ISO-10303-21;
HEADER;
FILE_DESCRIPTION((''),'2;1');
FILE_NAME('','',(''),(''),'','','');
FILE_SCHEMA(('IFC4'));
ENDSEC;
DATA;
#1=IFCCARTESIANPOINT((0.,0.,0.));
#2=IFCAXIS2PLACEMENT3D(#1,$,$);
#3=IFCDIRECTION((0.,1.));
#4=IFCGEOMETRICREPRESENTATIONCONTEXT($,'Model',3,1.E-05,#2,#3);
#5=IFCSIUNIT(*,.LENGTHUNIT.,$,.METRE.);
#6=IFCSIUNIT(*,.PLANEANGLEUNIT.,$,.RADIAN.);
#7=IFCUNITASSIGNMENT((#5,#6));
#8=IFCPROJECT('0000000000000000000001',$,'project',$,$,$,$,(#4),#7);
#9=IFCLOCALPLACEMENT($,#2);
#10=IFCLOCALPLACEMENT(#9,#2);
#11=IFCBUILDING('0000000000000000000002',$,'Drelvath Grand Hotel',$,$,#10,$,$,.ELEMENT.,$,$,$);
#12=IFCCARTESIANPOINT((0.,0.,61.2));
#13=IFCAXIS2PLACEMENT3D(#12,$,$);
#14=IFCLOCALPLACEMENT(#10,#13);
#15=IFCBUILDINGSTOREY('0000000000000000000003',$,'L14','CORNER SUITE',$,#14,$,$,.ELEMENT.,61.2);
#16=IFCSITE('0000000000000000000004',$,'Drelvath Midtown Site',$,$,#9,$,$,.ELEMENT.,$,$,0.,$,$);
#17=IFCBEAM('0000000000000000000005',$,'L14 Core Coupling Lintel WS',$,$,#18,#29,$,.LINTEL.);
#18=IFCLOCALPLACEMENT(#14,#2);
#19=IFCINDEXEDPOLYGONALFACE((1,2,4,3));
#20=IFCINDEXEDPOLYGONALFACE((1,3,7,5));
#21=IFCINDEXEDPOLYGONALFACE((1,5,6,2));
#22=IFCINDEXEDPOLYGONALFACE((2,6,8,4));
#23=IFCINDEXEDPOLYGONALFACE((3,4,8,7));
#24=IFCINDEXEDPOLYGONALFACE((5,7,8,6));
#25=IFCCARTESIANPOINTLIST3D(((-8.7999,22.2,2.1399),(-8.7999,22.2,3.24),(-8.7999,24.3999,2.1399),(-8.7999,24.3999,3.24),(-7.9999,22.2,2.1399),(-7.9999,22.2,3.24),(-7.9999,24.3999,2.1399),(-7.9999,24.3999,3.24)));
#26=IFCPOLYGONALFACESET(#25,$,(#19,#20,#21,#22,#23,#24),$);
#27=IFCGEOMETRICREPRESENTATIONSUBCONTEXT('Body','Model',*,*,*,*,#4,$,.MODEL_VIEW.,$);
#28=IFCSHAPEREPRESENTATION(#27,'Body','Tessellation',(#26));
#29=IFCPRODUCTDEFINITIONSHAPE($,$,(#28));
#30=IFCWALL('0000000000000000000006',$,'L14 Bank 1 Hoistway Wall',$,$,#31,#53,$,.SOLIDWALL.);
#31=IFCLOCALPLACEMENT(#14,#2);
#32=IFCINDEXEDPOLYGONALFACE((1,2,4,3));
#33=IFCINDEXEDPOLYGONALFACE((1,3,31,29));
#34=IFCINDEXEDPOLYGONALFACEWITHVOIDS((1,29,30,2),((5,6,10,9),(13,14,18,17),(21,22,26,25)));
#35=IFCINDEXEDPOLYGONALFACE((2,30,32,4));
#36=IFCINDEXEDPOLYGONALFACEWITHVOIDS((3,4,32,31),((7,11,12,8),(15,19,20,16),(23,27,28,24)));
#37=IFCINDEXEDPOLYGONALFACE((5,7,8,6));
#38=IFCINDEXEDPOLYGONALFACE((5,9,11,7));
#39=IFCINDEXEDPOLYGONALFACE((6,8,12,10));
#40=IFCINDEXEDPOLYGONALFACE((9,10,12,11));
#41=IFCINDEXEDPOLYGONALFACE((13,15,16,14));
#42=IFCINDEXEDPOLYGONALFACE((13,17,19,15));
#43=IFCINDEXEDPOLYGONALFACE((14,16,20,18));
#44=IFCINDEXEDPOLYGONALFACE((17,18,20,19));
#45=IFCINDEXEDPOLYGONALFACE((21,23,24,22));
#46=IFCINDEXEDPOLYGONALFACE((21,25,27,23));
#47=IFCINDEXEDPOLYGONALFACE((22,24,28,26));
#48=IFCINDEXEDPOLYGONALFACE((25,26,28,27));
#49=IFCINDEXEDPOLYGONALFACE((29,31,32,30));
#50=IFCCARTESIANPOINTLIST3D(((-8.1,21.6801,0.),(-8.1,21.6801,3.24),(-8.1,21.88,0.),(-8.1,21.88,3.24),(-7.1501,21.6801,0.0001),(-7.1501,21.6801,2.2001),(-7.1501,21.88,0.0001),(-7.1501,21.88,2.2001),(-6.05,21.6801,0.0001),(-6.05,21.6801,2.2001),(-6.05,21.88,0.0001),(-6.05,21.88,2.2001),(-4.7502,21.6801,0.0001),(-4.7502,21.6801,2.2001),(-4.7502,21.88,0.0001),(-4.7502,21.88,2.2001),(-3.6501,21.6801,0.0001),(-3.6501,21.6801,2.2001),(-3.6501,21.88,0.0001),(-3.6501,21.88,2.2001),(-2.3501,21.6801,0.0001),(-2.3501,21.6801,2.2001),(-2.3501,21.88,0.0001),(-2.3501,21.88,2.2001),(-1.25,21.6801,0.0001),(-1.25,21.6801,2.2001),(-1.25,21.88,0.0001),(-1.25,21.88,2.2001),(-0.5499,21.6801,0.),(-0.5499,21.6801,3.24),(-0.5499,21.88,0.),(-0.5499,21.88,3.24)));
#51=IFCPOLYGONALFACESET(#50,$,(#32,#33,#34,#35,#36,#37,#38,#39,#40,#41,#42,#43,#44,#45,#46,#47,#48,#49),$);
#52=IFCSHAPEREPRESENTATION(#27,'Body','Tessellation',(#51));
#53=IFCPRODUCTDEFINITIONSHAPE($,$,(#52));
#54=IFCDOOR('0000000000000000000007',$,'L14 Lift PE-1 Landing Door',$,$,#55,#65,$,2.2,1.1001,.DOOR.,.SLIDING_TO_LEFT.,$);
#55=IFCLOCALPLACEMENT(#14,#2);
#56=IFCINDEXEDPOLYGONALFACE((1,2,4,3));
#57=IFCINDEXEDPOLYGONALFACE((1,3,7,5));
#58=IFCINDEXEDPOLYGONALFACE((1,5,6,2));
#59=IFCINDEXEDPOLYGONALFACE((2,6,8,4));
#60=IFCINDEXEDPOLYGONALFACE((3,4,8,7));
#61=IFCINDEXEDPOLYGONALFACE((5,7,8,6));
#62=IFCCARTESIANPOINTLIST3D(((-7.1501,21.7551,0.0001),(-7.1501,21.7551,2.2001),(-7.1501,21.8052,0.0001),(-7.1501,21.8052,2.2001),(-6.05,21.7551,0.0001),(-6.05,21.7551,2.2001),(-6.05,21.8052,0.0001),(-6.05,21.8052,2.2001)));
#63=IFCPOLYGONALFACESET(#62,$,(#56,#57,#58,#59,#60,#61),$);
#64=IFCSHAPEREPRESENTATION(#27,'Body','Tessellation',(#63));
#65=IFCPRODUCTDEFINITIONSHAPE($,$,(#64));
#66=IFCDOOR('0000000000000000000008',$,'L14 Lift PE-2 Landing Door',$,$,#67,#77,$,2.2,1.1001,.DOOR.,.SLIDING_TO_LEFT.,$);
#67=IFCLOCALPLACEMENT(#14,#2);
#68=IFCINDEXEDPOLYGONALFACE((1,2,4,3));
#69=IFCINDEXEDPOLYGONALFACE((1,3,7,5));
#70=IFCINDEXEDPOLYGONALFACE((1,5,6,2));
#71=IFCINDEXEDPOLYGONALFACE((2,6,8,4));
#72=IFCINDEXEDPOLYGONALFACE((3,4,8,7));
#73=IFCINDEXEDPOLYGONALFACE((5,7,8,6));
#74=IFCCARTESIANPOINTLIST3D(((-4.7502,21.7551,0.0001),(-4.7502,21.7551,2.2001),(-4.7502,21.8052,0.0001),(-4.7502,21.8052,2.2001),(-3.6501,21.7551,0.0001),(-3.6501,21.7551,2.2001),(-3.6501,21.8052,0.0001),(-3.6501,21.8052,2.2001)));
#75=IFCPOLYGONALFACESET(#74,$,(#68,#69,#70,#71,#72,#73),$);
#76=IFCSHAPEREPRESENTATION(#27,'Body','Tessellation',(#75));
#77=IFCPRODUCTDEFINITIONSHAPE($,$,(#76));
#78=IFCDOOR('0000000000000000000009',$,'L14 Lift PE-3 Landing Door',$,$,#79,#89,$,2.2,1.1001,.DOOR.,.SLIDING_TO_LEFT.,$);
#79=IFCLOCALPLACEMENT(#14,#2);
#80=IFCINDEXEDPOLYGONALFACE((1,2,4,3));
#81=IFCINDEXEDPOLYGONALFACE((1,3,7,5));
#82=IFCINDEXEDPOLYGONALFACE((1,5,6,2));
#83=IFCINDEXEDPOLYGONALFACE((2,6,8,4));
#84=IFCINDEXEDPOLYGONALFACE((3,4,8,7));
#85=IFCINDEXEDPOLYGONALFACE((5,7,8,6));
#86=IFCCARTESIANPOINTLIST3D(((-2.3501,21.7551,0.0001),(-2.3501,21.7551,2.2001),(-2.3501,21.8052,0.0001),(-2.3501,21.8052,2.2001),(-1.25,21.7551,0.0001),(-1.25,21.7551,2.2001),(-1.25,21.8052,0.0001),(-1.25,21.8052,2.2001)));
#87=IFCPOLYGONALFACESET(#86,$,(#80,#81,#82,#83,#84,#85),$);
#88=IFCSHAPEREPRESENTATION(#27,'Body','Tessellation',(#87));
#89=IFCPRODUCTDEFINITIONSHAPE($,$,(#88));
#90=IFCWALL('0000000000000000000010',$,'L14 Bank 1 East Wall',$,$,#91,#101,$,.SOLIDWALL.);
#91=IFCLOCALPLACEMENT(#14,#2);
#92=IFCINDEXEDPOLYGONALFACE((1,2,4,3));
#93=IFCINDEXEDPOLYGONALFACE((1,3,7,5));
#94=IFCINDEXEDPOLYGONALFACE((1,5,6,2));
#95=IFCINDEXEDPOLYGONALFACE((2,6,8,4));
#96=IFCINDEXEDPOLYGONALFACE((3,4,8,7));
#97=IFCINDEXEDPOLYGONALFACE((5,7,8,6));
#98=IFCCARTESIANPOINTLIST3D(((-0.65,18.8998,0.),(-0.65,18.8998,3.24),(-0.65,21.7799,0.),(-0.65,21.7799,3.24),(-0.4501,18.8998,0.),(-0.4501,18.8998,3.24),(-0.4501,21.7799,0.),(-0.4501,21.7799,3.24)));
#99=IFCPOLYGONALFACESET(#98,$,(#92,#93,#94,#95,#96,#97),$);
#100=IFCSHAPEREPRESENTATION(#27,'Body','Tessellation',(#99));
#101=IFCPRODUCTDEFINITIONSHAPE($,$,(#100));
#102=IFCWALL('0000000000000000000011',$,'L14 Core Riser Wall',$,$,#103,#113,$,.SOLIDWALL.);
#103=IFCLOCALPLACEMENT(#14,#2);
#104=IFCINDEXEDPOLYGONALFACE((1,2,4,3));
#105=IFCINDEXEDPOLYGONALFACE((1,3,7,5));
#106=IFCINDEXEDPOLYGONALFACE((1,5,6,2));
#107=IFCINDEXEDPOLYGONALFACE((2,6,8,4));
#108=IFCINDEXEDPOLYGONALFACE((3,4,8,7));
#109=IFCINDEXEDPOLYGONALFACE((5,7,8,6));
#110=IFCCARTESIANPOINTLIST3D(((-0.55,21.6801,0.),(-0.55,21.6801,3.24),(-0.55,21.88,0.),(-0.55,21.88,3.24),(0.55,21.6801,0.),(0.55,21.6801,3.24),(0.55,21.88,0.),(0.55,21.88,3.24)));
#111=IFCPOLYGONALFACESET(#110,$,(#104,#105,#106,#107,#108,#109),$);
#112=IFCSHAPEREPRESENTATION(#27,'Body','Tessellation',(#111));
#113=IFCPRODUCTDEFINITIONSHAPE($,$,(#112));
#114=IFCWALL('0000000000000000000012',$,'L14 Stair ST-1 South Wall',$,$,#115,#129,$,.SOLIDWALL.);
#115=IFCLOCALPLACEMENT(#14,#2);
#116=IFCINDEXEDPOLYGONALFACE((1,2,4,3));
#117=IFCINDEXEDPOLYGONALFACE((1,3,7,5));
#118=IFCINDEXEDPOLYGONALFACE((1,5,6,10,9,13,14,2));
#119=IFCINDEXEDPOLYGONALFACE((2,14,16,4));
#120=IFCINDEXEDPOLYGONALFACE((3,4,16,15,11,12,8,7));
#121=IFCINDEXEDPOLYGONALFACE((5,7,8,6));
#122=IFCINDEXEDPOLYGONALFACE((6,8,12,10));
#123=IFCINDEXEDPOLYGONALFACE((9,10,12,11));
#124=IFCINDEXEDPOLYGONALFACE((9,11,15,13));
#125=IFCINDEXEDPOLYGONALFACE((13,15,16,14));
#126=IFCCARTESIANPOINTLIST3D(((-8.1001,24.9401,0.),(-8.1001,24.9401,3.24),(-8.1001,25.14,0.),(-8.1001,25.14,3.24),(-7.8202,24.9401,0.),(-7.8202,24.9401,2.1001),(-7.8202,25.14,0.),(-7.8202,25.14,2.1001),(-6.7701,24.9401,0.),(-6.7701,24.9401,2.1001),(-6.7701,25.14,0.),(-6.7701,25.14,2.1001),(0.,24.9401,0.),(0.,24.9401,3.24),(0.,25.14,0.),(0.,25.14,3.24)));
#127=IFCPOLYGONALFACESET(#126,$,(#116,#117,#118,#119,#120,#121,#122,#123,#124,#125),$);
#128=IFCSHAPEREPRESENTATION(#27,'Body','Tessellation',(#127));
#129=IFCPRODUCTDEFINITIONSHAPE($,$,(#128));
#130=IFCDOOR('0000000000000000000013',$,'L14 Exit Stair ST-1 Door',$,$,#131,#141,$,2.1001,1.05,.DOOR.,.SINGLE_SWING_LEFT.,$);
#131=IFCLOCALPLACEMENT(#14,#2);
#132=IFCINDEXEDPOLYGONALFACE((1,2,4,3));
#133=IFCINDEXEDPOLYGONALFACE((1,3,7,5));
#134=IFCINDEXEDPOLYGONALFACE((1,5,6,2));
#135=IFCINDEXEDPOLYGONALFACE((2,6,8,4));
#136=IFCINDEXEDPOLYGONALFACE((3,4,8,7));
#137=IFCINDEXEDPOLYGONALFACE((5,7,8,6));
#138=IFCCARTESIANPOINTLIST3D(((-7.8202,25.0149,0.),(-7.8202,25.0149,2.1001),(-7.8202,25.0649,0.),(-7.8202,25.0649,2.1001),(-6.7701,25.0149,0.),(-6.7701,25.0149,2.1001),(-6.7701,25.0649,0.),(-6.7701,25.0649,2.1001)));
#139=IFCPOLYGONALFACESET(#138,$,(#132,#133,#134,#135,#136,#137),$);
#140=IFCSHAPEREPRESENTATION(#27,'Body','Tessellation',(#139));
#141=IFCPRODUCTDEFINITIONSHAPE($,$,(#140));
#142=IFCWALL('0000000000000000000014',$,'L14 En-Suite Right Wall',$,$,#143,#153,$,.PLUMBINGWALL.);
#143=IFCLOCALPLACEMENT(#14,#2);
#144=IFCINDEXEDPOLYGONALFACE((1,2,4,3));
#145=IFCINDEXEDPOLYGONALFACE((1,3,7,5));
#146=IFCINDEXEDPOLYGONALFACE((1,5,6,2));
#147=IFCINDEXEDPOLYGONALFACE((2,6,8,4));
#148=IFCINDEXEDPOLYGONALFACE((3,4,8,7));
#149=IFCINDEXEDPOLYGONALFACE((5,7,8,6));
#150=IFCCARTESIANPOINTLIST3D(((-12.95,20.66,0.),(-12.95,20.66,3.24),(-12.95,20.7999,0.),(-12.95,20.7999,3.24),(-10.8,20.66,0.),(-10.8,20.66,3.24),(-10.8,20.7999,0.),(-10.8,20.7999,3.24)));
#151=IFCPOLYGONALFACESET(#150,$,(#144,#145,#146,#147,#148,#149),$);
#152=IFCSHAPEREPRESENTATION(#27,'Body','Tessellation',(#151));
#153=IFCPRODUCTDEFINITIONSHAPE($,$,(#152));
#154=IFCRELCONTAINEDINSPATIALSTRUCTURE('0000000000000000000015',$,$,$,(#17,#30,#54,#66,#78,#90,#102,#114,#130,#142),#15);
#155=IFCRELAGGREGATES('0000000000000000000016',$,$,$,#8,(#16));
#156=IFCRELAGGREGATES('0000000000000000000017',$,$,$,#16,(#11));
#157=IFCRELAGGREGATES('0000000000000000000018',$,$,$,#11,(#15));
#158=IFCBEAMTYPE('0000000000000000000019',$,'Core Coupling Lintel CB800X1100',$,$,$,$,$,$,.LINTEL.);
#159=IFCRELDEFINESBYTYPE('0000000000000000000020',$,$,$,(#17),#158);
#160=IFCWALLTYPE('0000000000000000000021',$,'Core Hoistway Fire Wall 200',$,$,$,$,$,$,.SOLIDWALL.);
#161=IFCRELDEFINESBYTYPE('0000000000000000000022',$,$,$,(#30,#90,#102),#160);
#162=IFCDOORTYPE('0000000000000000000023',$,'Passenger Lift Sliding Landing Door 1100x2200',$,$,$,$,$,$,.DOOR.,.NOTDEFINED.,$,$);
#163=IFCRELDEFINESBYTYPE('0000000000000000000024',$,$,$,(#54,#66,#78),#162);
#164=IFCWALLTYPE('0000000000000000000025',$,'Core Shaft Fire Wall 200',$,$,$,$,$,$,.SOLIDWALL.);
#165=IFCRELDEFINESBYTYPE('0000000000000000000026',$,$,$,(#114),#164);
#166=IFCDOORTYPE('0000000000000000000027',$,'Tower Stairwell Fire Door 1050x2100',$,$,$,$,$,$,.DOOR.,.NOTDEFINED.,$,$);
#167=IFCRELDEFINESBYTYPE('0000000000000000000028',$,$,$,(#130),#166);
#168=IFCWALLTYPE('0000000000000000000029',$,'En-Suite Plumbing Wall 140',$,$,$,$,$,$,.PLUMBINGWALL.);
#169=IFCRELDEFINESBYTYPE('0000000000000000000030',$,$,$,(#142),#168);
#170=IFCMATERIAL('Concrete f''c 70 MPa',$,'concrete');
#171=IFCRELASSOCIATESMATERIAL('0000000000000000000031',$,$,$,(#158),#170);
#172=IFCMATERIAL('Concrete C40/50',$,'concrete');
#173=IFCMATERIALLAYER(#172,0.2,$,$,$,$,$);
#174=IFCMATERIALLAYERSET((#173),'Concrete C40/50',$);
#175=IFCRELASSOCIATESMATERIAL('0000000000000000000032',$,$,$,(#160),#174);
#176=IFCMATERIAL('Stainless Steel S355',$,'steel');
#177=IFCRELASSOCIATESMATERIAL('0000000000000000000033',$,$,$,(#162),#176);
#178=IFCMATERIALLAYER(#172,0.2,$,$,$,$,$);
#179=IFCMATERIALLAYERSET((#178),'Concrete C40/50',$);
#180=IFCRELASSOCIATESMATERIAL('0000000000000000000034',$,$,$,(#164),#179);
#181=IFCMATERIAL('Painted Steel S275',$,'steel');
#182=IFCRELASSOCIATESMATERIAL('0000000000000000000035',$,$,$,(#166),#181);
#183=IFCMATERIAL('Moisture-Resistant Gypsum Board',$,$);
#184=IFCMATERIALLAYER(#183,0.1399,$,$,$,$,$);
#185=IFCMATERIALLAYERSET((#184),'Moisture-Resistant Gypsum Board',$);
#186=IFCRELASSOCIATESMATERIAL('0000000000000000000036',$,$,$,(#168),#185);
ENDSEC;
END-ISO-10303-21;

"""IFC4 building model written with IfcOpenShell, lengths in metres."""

from ifc_helpers import new_model, si_unit, direction, frame, frame_2d, origin, origin_2d, place, context, subcontext, project, spatial, rectangle, extrude, material, layer, layer_set, material_profile, profile_set, type_object, element, fill, save


model = new_model("IFC4")

# Units and contexts
model_context = context("Model", 3, precision=1e-05, world=origin(), true_north=direction((0.0, 1.0)))
body_context = subcontext(model_context, "Body", "Model", "MODEL_VIEW")
ifc_project = project(units=[si_unit("LENGTHUNIT", "METRE"), si_unit("PLANEANGLEUNIT", "RADIAN")], contexts=[model_context])

# Site, building, storey
site_placement = place(None, origin())
site = spatial("IfcSite", under=ifc_project, at=site_placement, Name="Drelvath Midtown Site", CompositionType="ELEMENT", RefElevation=0.0)
building_placement = place(site_placement, origin())
building = spatial("IfcBuilding", under=site, at=building_placement, Name="Drelvath Grand Hotel", CompositionType="ELEMENT")
storey_placement = place(building_placement, frame((0.0, 0.0, 61.2)))
storey = spatial("IfcBuildingStorey", under=building, at=storey_placement, Name="L14", Description="CORNER SUITE", CompositionType="ELEMENT", Elevation=61.2)

# Beam
ifc_material_1 = material(Name="Concrete f'c 70 MPa", Category="concrete")
ifc_material_profile = material_profile(ifc_material_1, rectangle(XDim=0.8, YDim=1.1001, at=origin_2d()), Name="CB800X1100")
ifc_profile_set = profile_set([ifc_material_profile], Name="Concrete f'c 70 MPa")
beam_type = type_object("IfcBeamType", Name="Core Coupling Lintel CB800X1100", PredefinedType="LINTEL", material=ifc_profile_set)
beam_placement = place(storey_placement, frame((-8.3999, 22.2, 2.6899), z_axis=(0.0, 1.0, 0.0), x_axis=(-1.0, 0.0, 0.0)))
element("IfcBeam", 1, at=beam_placement, inside=storey, type_object=beam_type, Name="L14 Core Coupling Lintel WS", PredefinedType="LINTEL", context=body_context, shape_type="SweptSolid", body=[
    extrude(rectangle(XDim=0.8, YDim=1.1001, at=origin_2d()), origin(), (0.0, 0.0, 1.0), 2.2),
])

# Wall, openings, doors
ifc_material_2 = material(Name="Concrete C40/50", Category="concrete")
ifc_layer_1 = layer(ifc_material_2, 0.2)
ifc_layer_set_1 = layer_set([ifc_layer_1], Name="Concrete C40/50")
wall_type_1 = type_object("IfcWallType", Name="Core Hoistway Fire Wall 200", PredefinedType="SOLIDWALL", material=ifc_layer_set_1)
wall_1_placement = place(storey_placement, frame((-0.55, 21.78, 0.0), z_axis=(0.0, 0.0, 1.0), x_axis=(-1.0, 0.0, 0.0)))
wall_1 = element("IfcWall", 2, at=wall_1_placement, inside=storey, type_object=wall_type_1, Name="L14 Bank 1 Hoistway Wall", PredefinedType="SOLIDWALL", context=body_context, shape_type="SweptSolid", body=[
    extrude(rectangle(XDim=7.55, YDim=0.2, at=frame_2d((3.7749, 0.0))), origin(), (0.0, 0.0, 1.0), 3.24),
])
opening_1_placement = place(wall_1_placement, frame((5.5, 0.0, 0.0)))
opening_1 = element("IfcOpeningElement", 3, at=opening_1_placement, cuts=wall_1, PredefinedType="OPENING", context=body_context, shape_type="SweptSolid", body=[
    extrude(rectangle(XDim=1.1001, YDim=2.2, at=frame_2d((0.55, 1.1001))), frame((0.0, 0.1099, 0.0), z_axis=(0.0, -1.0, 0.0), x_axis=(1.0, 0.0, 0.0)), (0.0, 0.0, 1.0), 0.22),
])
opening_2_placement = place(wall_1_placement, frame((3.1001, 0.0, 0.0)))
opening_2 = element("IfcOpeningElement", 4, at=opening_2_placement, cuts=wall_1, PredefinedType="OPENING", context=body_context, shape_type="SweptSolid", body=[
    extrude(rectangle(XDim=1.1001, YDim=2.2, at=frame_2d((0.55, 1.1001))), frame((0.0, 0.1099, 0.0), z_axis=(0.0, -1.0, 0.0), x_axis=(1.0, 0.0, 0.0)), (0.0, 0.0, 1.0), 0.22),
])
opening_3_placement = place(wall_1_placement, frame((0.7, 0.0, 0.0)))
opening_3 = element("IfcOpeningElement", 5, at=opening_3_placement, cuts=wall_1, PredefinedType="OPENING", context=body_context, shape_type="SweptSolid", body=[
    extrude(rectangle(XDim=1.1001, YDim=2.2, at=frame_2d((0.55, 1.1001))), frame((0.0, 0.1099, 0.0), z_axis=(0.0, -1.0, 0.0), x_axis=(1.0, 0.0, 0.0)), (0.0, 0.0, 1.0), 0.22),
])
ifc_material_3 = material(Name="Stainless Steel S355", Category="steel")
door_type_1 = type_object("IfcDoorType", Name="Passenger Lift Sliding Landing Door 1100x2200", OperationType="NOTDEFINED", PredefinedType="DOOR", material=ifc_material_3)
door_1_placement = place(opening_1_placement, origin())
door_1 = element("IfcDoor", 6, at=door_1_placement, inside=storey, type_object=door_type_1, Name="L14 Lift PE-1 Landing Door", OperationType="SLIDING_TO_LEFT", OverallHeight=2.2, OverallWidth=1.1001, PredefinedType="DOOR", context=body_context, shape_type="SweptSolid", body=[
    extrude(rectangle(XDim=1.1001, YDim=2.2, at=frame_2d((0.55, 1.1001))), frame((0.0, 0.0249, 0.0), z_axis=(0.0, -1.0, 0.0), x_axis=(1.0, 0.0, 0.0)), (0.0, 0.0, 1.0), 0.05),
])
fill(opening_1, door_1)
door_2_placement = place(opening_2_placement, origin())
door_2 = element("IfcDoor", 7, at=door_2_placement, inside=storey, type_object=door_type_1, Name="L14 Lift PE-2 Landing Door", OperationType="SLIDING_TO_LEFT", OverallHeight=2.2, OverallWidth=1.1001, PredefinedType="DOOR", context=body_context, shape_type="SweptSolid", body=[
    extrude(rectangle(XDim=1.1001, YDim=2.2, at=frame_2d((0.55, 1.1001))), frame((0.0, 0.0249, 0.0), z_axis=(0.0, -1.0, 0.0), x_axis=(1.0, 0.0, 0.0)), (0.0, 0.0, 1.0), 0.05),
])
fill(opening_2, door_2)
door_3_placement = place(opening_3_placement, origin())
door_3 = element("IfcDoor", 8, at=door_3_placement, inside=storey, type_object=door_type_1, Name="L14 Lift PE-3 Landing Door", OperationType="SLIDING_TO_LEFT", OverallHeight=2.2, OverallWidth=1.1001, PredefinedType="DOOR", context=body_context, shape_type="SweptSolid", body=[
    extrude(rectangle(XDim=1.1001, YDim=2.2, at=frame_2d((0.55, 1.1001))), frame((0.0, 0.0249, 0.0), z_axis=(0.0, -1.0, 0.0), x_axis=(1.0, 0.0, 0.0)), (0.0, 0.0, 1.0), 0.05),
])
fill(opening_3, door_3)

# Walls
wall_2_placement = place(storey_placement, frame((-0.55, 18.8999, 0.0), z_axis=(0.0, 0.0, 1.0), x_axis=(0.0, 1.0, 0.0)))
element("IfcWall", 9, at=wall_2_placement, inside=storey, type_object=wall_type_1, Name="L14 Bank 1 East Wall", PredefinedType="SOLIDWALL", context=body_context, shape_type="SweptSolid", body=[
    extrude(rectangle(XDim=2.8801, YDim=0.2, at=frame_2d((1.4399, 0.0))), origin(), (0.0, 0.0, 1.0), 3.24),
])
wall_3_placement = place(storey_placement, frame((-0.55, 21.78, 0.0), z_axis=(0.0, 0.0, 1.0), x_axis=(1.0, 0.0, 0.0)))
element("IfcWall", 10, at=wall_3_placement, inside=storey, type_object=wall_type_1, Name="L14 Core Riser Wall", PredefinedType="SOLIDWALL", context=body_context, shape_type="SweptSolid", body=[
    extrude(rectangle(XDim=1.1001, YDim=0.2, at=frame_2d((0.55, 0.0))), origin(), (0.0, 0.0, 1.0), 3.24),
])

# Wall, opening, door
ifc_layer_2 = layer(ifc_material_2, 0.2)
ifc_layer_set_2 = layer_set([ifc_layer_2], Name="Concrete C40/50")
wall_type_2 = type_object("IfcWallType", Name="Core Shaft Fire Wall 200", PredefinedType="SOLIDWALL", material=ifc_layer_set_2)
wall_4_placement = place(storey_placement, frame((-8.1001, 25.04, 0.0), z_axis=(0.0, 0.0, 1.0), x_axis=(1.0, 0.0, 0.0)))
wall_4 = element("IfcWall", 11, at=wall_4_placement, inside=storey, type_object=wall_type_2, Name="L14 Stair ST-1 South Wall", PredefinedType="SOLIDWALL", context=body_context, shape_type="SweptSolid", body=[
    extrude(rectangle(XDim=8.1001, YDim=0.2, at=frame_2d((4.05, 0.0))), origin(), (0.0, 0.0, 1.0), 3.24),
])
opening_4_placement = place(wall_4_placement, frame((0.28, 0.0, 0.0)))
opening_4 = element("IfcOpeningElement", 12, at=opening_4_placement, cuts=wall_4, PredefinedType="OPENING", context=body_context, shape_type="SweptSolid", body=[
    extrude(rectangle(XDim=1.05, YDim=2.1001, at=frame_2d((0.5249, 1.05))), frame((0.0, 0.1099, 0.0), z_axis=(0.0, -1.0, 0.0), x_axis=(1.0, 0.0, 0.0)), (0.0, 0.0, 1.0), 0.22),
])
ifc_material_4 = material(Name="Painted Steel S275", Category="steel")
door_type_2 = type_object("IfcDoorType", Name="Tower Stairwell Fire Door 1050x2100", OperationType="NOTDEFINED", PredefinedType="DOOR", material=ifc_material_4)
door_4_placement = place(opening_4_placement, origin())
door_4 = element("IfcDoor", 13, at=door_4_placement, inside=storey, type_object=door_type_2, Name="L14 Exit Stair ST-1 Door", OperationType="SINGLE_SWING_LEFT", OverallHeight=2.1001, OverallWidth=1.05, PredefinedType="DOOR", context=body_context, shape_type="SweptSolid", body=[
    extrude(rectangle(XDim=1.05, YDim=2.1001, at=frame_2d((0.5249, 1.05))), frame((0.0, 0.0249, 0.0), z_axis=(0.0, -1.0, 0.0), x_axis=(1.0, 0.0, 0.0)), (0.0, 0.0, 1.0), 0.05),
])
fill(opening_4, door_4)

# Wall
ifc_material_5 = material(Name="Moisture-Resistant Gypsum Board")
ifc_layer_3 = layer(ifc_material_5, 0.1399)
ifc_layer_set_3 = layer_set([ifc_layer_3], Name="Moisture-Resistant Gypsum Board")
wall_type_3 = type_object("IfcWallType", Name="En-Suite Plumbing Wall 140", PredefinedType="PLUMBINGWALL", material=ifc_layer_set_3)
wall_5_placement = place(storey_placement, frame((-10.8, 20.73, 0.0), z_axis=(0.0, 0.0, 1.0), x_axis=(-1.0, 0.0, 0.0)))
element("IfcWall", 14, at=wall_5_placement, inside=storey, type_object=wall_type_3, Name="L14 En-Suite Right Wall", PredefinedType="PLUMBINGWALL", context=body_context, shape_type="SweptSolid", body=[
    extrude(rectangle(XDim=2.1499, YDim=0.1399, at=frame_2d((1.075, 0.0))), origin(), (0.0, 0.0, 1.0), 3.24),
])

save(model, "model.ifc")
